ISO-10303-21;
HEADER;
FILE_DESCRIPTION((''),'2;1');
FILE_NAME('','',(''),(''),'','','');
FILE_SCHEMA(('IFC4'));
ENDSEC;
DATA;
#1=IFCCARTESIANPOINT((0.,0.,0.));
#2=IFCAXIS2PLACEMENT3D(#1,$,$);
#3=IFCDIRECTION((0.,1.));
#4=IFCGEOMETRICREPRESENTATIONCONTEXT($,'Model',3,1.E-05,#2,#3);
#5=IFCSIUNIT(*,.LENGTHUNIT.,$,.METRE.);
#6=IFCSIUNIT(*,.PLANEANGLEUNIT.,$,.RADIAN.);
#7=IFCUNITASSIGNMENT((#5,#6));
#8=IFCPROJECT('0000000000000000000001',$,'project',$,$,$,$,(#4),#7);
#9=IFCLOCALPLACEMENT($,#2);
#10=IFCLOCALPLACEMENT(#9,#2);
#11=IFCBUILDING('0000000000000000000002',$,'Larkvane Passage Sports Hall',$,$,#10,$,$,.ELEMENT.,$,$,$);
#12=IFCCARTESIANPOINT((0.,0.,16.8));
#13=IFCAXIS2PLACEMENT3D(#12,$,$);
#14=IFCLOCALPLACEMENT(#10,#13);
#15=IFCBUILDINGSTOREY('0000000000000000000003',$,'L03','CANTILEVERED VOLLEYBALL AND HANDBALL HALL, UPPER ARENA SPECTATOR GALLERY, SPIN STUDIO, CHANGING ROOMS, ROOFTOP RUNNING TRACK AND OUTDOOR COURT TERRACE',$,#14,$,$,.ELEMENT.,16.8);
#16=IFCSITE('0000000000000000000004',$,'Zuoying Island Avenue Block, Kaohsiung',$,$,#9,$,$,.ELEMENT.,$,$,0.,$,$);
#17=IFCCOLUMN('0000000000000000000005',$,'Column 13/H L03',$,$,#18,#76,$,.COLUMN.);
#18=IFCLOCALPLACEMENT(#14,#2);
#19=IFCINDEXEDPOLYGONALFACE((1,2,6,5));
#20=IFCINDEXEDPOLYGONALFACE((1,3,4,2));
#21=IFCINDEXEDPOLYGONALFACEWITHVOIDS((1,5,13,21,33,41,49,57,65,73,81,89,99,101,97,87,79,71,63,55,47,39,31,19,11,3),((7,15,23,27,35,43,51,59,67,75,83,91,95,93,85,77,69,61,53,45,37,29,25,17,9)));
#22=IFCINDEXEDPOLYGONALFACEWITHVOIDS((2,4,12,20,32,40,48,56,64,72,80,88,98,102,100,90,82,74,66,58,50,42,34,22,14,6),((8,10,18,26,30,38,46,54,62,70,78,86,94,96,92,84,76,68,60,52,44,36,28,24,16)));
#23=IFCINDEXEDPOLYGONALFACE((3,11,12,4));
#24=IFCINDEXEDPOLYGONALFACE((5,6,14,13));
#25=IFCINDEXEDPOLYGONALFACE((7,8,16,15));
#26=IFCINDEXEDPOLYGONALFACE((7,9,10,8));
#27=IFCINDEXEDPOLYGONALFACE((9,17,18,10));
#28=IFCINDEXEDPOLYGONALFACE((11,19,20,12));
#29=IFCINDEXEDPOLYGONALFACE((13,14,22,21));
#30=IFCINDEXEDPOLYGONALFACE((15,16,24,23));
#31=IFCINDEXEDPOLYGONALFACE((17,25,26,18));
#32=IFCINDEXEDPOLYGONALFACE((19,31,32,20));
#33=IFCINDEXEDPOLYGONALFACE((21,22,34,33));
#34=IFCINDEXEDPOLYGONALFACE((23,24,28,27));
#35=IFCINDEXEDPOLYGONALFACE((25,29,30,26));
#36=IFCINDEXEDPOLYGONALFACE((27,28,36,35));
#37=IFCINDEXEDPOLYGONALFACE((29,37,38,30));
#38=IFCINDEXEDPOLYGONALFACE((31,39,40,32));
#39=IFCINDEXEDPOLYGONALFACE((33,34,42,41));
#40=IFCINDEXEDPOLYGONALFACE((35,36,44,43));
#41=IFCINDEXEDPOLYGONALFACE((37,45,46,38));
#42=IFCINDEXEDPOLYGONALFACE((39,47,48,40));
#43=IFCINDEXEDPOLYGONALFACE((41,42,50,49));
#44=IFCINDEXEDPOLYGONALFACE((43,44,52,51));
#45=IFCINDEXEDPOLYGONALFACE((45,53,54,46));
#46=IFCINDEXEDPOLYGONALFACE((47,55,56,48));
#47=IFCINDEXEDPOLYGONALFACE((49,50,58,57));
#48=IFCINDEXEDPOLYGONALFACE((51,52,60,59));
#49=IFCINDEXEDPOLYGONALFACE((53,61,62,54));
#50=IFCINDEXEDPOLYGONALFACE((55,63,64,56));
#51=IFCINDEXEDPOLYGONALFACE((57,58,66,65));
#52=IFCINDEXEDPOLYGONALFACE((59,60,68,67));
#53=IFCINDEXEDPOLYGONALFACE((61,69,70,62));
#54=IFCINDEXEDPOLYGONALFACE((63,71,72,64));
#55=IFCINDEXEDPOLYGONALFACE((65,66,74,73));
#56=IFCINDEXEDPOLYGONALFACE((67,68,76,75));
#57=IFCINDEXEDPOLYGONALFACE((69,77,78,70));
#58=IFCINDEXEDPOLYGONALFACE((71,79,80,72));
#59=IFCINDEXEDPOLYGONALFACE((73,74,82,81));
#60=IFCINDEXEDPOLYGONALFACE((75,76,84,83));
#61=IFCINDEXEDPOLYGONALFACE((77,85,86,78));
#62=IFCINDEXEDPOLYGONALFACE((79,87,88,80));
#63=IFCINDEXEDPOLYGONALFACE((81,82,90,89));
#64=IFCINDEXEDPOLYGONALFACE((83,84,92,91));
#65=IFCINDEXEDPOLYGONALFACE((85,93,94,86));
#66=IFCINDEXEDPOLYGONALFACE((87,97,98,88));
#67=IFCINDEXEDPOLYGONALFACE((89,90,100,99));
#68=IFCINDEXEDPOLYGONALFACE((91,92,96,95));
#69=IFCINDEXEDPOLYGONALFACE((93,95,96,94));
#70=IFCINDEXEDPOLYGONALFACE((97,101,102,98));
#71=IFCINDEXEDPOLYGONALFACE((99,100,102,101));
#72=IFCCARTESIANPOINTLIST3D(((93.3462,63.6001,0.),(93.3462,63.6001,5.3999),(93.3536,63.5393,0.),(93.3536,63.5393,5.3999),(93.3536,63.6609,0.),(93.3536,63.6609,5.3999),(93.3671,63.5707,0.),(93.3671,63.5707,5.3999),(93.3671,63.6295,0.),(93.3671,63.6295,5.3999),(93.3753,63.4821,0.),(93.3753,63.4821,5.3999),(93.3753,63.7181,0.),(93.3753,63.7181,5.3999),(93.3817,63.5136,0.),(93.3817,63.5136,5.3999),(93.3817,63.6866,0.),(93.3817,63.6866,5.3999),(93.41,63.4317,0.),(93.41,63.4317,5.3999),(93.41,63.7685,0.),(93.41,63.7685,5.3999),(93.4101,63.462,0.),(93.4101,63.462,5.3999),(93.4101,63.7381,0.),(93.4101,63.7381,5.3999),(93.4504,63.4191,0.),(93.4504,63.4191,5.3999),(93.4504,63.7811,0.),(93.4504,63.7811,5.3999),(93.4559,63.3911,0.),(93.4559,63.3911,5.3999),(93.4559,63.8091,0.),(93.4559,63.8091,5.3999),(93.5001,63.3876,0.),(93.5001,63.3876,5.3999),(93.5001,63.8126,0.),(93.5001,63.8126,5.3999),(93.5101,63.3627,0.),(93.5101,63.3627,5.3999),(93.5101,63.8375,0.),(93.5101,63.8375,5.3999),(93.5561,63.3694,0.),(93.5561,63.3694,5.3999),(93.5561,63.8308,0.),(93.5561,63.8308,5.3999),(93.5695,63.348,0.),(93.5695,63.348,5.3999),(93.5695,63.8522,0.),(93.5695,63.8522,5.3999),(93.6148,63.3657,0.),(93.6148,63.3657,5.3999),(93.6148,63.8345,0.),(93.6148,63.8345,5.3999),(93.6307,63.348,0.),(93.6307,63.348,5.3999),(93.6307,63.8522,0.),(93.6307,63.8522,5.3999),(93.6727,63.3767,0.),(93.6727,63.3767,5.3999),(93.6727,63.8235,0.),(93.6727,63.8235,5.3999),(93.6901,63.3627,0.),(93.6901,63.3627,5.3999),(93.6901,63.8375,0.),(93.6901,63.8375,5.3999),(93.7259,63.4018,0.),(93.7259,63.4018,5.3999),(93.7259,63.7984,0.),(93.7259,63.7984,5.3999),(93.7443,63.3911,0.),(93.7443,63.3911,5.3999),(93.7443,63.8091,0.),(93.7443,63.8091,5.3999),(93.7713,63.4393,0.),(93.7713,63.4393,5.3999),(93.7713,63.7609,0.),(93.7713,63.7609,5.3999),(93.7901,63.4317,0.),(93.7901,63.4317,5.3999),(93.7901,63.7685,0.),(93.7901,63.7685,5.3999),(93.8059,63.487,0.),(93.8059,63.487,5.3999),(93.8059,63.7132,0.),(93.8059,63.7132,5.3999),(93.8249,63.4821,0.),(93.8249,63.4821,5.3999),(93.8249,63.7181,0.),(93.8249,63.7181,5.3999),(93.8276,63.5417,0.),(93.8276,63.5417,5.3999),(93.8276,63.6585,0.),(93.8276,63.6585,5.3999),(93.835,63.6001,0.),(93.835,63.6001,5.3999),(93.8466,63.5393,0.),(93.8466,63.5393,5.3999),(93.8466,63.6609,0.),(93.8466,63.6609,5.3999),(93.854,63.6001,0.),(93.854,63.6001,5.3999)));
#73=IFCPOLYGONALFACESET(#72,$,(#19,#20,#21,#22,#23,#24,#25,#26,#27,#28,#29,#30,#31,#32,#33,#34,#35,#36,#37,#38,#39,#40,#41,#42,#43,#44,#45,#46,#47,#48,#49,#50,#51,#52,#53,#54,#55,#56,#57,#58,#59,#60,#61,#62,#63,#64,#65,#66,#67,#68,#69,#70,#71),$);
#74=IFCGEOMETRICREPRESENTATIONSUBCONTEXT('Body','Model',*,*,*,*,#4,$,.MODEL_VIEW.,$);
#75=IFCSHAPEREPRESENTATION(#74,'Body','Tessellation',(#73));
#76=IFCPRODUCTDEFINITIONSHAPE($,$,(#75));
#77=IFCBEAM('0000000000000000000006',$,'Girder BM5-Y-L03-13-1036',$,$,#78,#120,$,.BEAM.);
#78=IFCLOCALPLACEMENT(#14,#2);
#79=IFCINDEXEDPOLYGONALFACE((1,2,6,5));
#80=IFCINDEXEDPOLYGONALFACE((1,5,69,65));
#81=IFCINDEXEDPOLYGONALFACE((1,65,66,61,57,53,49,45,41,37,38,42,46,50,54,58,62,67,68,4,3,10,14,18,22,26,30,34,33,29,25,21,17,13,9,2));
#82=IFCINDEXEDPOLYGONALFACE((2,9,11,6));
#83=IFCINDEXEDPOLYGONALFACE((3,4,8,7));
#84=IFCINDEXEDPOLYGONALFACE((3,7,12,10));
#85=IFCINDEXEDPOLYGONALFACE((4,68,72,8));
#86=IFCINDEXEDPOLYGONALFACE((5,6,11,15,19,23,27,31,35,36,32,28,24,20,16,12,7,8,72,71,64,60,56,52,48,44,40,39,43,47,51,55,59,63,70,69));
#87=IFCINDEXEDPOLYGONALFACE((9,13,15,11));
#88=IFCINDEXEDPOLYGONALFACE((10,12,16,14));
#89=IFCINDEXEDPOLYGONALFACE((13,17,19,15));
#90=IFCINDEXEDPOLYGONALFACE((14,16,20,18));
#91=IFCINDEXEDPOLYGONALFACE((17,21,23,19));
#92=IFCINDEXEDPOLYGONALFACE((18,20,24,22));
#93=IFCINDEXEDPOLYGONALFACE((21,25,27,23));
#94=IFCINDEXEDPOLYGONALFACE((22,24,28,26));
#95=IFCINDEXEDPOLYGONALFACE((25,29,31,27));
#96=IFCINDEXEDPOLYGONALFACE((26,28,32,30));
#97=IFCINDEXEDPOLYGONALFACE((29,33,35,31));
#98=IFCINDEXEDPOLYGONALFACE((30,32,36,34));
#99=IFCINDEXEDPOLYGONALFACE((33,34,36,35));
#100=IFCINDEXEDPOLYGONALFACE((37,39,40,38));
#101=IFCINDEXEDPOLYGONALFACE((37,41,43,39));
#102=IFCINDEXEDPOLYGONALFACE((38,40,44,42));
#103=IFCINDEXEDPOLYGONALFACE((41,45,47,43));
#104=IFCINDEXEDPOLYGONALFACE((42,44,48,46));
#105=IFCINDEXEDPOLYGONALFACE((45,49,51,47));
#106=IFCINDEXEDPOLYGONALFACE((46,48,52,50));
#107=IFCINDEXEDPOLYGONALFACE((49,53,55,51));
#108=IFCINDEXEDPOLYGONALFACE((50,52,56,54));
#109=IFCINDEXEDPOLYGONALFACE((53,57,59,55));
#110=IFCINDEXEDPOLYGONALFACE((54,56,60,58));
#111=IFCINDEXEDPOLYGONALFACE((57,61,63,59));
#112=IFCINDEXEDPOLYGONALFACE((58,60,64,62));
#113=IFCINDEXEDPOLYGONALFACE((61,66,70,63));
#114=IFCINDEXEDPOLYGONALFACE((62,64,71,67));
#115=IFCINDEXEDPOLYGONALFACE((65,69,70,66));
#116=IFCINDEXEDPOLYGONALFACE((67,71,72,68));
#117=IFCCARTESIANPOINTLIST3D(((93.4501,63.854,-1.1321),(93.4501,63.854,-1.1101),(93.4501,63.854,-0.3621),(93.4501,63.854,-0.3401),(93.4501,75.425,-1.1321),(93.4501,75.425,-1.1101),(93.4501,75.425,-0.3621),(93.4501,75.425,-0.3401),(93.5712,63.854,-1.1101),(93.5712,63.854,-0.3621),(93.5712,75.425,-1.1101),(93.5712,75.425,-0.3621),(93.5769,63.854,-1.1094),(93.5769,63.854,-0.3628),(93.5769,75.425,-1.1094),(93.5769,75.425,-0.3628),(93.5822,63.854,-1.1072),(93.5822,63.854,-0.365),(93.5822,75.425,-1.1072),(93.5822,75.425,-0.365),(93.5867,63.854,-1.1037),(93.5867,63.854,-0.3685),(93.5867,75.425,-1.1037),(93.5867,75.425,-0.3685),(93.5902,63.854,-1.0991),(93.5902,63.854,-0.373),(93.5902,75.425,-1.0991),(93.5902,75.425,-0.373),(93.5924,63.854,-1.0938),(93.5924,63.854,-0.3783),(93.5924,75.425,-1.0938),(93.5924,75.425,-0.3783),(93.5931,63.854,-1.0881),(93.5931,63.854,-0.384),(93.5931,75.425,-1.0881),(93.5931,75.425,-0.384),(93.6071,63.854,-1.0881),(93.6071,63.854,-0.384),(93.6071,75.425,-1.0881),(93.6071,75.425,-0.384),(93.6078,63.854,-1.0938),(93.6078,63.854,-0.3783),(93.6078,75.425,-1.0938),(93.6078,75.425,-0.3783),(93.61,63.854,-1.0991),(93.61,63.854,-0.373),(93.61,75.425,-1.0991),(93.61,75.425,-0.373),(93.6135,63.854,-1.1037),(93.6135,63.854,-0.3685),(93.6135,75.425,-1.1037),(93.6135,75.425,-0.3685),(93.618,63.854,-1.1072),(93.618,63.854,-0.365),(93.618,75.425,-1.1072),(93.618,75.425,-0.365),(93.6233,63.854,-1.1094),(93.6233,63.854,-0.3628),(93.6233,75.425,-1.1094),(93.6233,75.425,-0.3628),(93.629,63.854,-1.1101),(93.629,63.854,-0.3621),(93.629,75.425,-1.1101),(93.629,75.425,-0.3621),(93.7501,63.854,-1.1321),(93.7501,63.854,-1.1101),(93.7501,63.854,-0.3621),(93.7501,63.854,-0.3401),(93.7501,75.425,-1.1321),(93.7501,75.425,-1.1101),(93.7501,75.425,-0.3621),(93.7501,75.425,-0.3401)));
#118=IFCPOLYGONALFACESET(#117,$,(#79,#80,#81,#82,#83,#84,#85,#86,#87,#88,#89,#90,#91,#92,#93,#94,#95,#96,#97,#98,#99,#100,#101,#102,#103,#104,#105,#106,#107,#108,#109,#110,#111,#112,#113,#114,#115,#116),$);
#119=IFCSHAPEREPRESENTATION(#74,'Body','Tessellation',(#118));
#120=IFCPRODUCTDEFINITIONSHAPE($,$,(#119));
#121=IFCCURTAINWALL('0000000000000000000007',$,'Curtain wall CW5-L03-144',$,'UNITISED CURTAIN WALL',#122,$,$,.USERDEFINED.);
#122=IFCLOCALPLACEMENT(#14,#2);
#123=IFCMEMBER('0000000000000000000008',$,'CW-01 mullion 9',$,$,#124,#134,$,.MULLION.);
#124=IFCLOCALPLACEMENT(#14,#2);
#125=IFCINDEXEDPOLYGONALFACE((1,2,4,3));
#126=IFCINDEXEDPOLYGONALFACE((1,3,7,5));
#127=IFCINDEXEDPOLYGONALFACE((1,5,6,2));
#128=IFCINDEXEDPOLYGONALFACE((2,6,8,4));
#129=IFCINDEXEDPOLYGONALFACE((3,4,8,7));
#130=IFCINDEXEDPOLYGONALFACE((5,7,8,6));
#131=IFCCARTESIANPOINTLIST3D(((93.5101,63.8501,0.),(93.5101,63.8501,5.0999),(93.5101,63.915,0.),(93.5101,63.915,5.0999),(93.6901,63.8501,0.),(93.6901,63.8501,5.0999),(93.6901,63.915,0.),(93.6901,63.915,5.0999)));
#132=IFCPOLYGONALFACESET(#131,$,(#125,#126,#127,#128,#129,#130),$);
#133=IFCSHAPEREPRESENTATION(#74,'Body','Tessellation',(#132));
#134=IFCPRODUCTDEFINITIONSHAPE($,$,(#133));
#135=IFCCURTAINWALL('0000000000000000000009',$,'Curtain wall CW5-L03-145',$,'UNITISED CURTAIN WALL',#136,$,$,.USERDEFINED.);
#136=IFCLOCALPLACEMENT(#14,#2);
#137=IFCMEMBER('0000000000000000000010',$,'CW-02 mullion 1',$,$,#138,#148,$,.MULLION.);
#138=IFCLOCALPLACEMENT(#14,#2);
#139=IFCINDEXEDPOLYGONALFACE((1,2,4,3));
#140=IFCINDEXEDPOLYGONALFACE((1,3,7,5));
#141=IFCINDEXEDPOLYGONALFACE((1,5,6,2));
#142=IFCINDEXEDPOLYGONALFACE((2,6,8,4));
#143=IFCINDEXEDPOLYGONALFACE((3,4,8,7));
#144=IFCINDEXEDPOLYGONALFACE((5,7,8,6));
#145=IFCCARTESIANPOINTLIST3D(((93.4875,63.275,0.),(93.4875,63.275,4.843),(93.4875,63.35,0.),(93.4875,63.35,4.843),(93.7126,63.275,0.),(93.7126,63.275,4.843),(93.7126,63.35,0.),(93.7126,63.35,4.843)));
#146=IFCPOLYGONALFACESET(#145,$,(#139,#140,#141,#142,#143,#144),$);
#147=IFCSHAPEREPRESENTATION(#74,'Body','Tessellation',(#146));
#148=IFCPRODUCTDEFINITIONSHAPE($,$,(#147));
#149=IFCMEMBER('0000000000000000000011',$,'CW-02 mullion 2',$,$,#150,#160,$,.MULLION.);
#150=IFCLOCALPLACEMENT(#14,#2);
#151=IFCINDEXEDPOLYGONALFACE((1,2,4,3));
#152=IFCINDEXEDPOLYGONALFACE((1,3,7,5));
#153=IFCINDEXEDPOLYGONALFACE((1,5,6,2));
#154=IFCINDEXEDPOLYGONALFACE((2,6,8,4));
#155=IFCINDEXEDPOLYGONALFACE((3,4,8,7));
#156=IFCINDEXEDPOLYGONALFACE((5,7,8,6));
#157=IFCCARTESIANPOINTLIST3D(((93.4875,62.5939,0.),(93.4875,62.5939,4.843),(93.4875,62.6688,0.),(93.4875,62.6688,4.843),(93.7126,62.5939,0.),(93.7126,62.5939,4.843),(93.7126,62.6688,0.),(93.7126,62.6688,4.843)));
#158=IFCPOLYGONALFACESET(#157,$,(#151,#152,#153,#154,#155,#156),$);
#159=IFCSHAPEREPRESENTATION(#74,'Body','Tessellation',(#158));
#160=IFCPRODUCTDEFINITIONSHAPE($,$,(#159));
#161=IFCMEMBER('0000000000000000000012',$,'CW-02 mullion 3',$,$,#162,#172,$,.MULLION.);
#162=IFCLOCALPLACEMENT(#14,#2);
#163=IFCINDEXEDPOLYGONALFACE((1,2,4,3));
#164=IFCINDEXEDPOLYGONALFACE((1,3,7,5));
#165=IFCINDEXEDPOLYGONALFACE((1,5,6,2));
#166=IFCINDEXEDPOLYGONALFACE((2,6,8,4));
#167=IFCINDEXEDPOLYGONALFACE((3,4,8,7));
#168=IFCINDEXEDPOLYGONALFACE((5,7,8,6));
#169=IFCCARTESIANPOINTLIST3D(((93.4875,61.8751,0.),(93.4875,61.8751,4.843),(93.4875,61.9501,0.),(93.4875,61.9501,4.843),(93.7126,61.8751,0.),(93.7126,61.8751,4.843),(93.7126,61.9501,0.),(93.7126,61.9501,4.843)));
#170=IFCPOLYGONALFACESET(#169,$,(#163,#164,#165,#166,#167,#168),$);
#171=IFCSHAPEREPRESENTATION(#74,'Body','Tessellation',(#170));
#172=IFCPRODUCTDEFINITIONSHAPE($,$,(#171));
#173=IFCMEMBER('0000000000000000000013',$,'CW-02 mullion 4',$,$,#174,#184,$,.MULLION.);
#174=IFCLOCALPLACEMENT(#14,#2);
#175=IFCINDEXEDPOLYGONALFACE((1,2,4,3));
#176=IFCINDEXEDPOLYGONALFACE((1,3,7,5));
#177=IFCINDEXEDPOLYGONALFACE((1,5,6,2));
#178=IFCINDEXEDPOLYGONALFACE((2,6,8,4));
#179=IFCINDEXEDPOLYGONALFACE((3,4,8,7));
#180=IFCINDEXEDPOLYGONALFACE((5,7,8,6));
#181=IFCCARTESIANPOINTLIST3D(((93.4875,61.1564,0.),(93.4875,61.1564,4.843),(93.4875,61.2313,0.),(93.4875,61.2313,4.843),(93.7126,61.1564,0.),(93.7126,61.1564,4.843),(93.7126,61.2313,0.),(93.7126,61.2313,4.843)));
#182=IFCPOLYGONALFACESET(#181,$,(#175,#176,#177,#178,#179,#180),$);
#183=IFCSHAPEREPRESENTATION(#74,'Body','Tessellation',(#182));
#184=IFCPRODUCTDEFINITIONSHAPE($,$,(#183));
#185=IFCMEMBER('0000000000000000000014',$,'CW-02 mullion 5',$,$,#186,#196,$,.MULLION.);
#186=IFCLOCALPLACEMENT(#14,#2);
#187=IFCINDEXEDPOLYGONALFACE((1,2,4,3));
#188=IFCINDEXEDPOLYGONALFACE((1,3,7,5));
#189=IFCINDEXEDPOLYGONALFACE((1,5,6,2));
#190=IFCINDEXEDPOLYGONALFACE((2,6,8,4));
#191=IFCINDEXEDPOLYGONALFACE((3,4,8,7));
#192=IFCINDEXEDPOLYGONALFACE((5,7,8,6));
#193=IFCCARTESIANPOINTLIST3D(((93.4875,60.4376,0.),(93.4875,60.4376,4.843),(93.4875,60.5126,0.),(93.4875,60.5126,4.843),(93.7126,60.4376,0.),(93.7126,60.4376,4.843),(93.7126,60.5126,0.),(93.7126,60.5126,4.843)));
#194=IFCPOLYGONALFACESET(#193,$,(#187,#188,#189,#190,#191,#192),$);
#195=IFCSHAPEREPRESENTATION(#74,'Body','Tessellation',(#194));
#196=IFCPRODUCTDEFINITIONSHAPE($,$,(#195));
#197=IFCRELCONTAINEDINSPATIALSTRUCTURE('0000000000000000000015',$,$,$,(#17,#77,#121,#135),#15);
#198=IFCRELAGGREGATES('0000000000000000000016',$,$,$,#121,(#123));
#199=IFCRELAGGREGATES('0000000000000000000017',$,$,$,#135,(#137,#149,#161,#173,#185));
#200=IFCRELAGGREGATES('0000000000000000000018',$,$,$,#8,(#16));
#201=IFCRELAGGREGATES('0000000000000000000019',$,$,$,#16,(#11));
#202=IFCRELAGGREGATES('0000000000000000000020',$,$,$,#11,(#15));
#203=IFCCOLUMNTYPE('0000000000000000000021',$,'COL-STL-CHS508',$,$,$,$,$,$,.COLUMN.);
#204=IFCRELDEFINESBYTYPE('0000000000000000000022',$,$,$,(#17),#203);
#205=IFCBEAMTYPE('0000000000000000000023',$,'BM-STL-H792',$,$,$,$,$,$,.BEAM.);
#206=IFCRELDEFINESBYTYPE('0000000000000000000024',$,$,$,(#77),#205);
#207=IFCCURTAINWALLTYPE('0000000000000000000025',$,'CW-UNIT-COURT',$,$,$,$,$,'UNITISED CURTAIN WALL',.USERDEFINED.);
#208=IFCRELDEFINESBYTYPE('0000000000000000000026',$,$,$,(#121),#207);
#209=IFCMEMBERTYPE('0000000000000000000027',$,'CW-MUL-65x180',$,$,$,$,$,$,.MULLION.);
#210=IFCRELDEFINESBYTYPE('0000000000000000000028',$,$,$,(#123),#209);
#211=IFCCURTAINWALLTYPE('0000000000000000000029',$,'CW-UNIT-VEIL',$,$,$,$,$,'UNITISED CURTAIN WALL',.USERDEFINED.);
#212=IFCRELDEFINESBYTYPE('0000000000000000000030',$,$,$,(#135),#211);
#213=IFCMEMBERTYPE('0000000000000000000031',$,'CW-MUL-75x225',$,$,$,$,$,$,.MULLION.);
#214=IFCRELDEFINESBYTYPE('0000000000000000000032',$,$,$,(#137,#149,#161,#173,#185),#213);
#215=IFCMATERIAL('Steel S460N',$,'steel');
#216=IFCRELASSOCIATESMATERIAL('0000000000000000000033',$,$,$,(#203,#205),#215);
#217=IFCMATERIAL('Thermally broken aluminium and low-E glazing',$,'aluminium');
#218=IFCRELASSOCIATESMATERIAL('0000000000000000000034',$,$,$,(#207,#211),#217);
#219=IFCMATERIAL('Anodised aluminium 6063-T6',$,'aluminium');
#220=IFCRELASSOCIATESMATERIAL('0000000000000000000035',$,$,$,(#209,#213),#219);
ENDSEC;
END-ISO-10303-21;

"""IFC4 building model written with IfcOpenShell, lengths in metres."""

from ifc_helpers import new_model, si_unit, direction, frame, origin, origin_2d, place, context, subcontext, project, spatial, rectangle, hollow_circle, i_section, extrude, material, material_profile, profile_set, type_object, element, aggregate, save


model = new_model("IFC4")

# Units and contexts
model_context = context("Model", 3, precision=1e-05, world=origin(), true_north=direction((0.0, 1.0)))
body_context = subcontext(model_context, "Body", "Model", "MODEL_VIEW")
ifc_project = project(units=[si_unit("LENGTHUNIT", "METRE"), si_unit("PLANEANGLEUNIT", "RADIAN")], contexts=[model_context])

# Site, building, storey
site_placement = place(None, origin())
site = spatial("IfcSite", under=ifc_project, at=site_placement, Name="Zuoying Island Avenue Block, Kaohsiung", CompositionType="ELEMENT", RefElevation=0.0)
building_placement = place(site_placement, origin())
building = spatial("IfcBuilding", under=site, at=building_placement, Name="Larkvane Passage Sports Hall", CompositionType="ELEMENT")
storey_placement = place(building_placement, frame((0.0, 0.0, 16.8)))
storey = spatial("IfcBuildingStorey", under=building, at=storey_placement, Name="L03", Description="CANTILEVERED VOLLEYBALL AND HANDBALL HALL, UPPER ARENA SPECTATOR GALLERY, SPIN STUDIO, CHANGING ROOMS, ROOFTOP RUNNING TRACK AND OUTDOOR COURT TERRACE", CompositionType="ELEMENT", Elevation=16.8)

# Column
ifc_material_1 = material(Name="Steel S460N", Category="steel")
ifc_material_profile_1 = material_profile(ifc_material_1, hollow_circle(Radius=0.2539, WallThickness=0.019, at=origin_2d()), Name="CHS-508.0x19.0")
ifc_profile_set_1 = profile_set([ifc_material_profile_1], Name="Steel S460N")
column_type = type_object("IfcColumnType", Name="COL-STL-CHS508", PredefinedType="COLUMN", material=ifc_profile_set_1)
column_placement = place(storey_placement, frame((93.6001, 63.6001, 0.0), z_axis=(0.0, 0.0, 1.0), x_axis=(1.0, 0.0, 0.0)))
element("IfcColumn", 1, at=column_placement, inside=storey, type_object=column_type, Name="Column 13/H L03", PredefinedType="COLUMN", context=body_context, shape_type="SweptSolid", body=[
    extrude(hollow_circle(Radius=0.2539, WallThickness=0.019, at=origin_2d()), origin(), (0.0, 0.0, 1.0), 5.3999),
])

# Beam
ifc_material_profile_2 = material_profile(ifc_material_1, i_section(OverallWidth=0.3, OverallDepth=0.792, WebThickness=0.0139, FlangeThickness=0.022, FilletRadius=0.022, at=origin_2d()), Name="H-792x300x14x22")
ifc_profile_set_2 = profile_set([ifc_material_profile_2], Name="Steel S460N")
beam_type = type_object("IfcBeamType", Name="BM-STL-H792", PredefinedType="BEAM", material=ifc_profile_set_2)
beam_placement = place(storey_placement, frame((93.6001, 63.854, -0.7361), z_axis=(0.0, 1.0, 0.0), x_axis=(-1.0, 0.0, 0.0)))
element("IfcBeam", 2, at=beam_placement, inside=storey, type_object=beam_type, Name="Girder BM5-Y-L03-13-1036", PredefinedType="BEAM", context=body_context, shape_type="SweptSolid", body=[
    extrude(i_section(OverallWidth=0.3, OverallDepth=0.792, WebThickness=0.0139, FlangeThickness=0.022, FilletRadius=0.022, at=origin_2d()), origin(), (0.0, 0.0, 1.0), 11.571),
])

# Curtain wall, member
ifc_material_2 = material(Name="Thermally broken aluminium and low-E glazing", Category="aluminium")
curtain_wall_type_1 = type_object("IfcCurtainWallType", Name="CW-UNIT-COURT", ElementType="UNITISED CURTAIN WALL", PredefinedType="USERDEFINED", material=ifc_material_2)
curtain_wall_1_placement = place(storey_placement, origin())
curtain_wall_1 = element("IfcCurtainWall", 3, at=curtain_wall_1_placement, inside=storey, type_object=curtain_wall_type_1, Name="Curtain wall CW5-L03-144", ObjectType="UNITISED CURTAIN WALL", PredefinedType="USERDEFINED")
ifc_material_3 = material(Name="Anodised aluminium 6063-T6", Category="aluminium")
ifc_material_profile_3 = material_profile(ifc_material_3, rectangle(XDim=0.0649, YDim=0.1799, at=origin_2d()), Name="ALU-MUL-65x180")
ifc_profile_set_3 = profile_set([ifc_material_profile_3], Name="Anodised aluminium 6063-T6")
member_type_1 = type_object("IfcMemberType", Name="CW-MUL-65x180", PredefinedType="MULLION", material=ifc_profile_set_3)
member_1_placement = place(storey_placement, frame((93.6001, 63.8826, 0.0), z_axis=(0.0, 0.0, 1.0), x_axis=(0.0, -1.0, 0.0)))
member_1 = element("IfcMember", 4, at=member_1_placement, type_object=member_type_1, Name="CW-01 mullion 9", PredefinedType="MULLION", context=body_context, shape_type="SweptSolid", body=[
    extrude(rectangle(XDim=0.0649, YDim=0.1799, at=origin_2d()), origin(), (0.0, 0.0, 1.0), 5.0999),
])

# Curtain wall, members
curtain_wall_type_2 = type_object("IfcCurtainWallType", Name="CW-UNIT-VEIL", ElementType="UNITISED CURTAIN WALL", PredefinedType="USERDEFINED", material=ifc_material_2)
curtain_wall_2_placement = place(storey_placement, origin())
curtain_wall_2 = element("IfcCurtainWall", 5, at=curtain_wall_2_placement, inside=storey, type_object=curtain_wall_type_2, Name="Curtain wall CW5-L03-145", ObjectType="UNITISED CURTAIN WALL", PredefinedType="USERDEFINED")
ifc_material_profile_4 = material_profile(ifc_material_3, rectangle(XDim=0.075, YDim=0.2251, at=origin_2d()), Name="ALU-MUL-75x225")
ifc_profile_set_4 = profile_set([ifc_material_profile_4], Name="Anodised aluminium 6063-T6")
member_type_2 = type_object("IfcMemberType", Name="CW-MUL-75x225", PredefinedType="MULLION", material=ifc_profile_set_4)
member_2_placement = place(storey_placement, frame((93.6001, 63.3125, 0.0), z_axis=(0.0, 0.0, 1.0), x_axis=(0.0, -1.0, 0.0)))
member_2 = element("IfcMember", 6, at=member_2_placement, type_object=member_type_2, Name="CW-02 mullion 1", PredefinedType="MULLION", context=body_context, shape_type="SweptSolid", body=[
    extrude(rectangle(XDim=0.075, YDim=0.2251, at=origin_2d()), origin(), (0.0, 0.0, 1.0), 4.843),
])
member_3_placement = place(storey_placement, frame((93.6001, 62.6313, 0.0), z_axis=(0.0, 0.0, 1.0), x_axis=(0.0, -1.0, 0.0)))
member_3 = element("IfcMember", 7, at=member_3_placement, type_object=member_type_2, Name="CW-02 mullion 2", PredefinedType="MULLION", context=body_context, shape_type="SweptSolid", body=[
    extrude(rectangle(XDim=0.075, YDim=0.2251, at=origin_2d()), origin(), (0.0, 0.0, 1.0), 4.843),
])
member_4_placement = place(storey_placement, frame((93.6001, 61.9126, 0.0), z_axis=(0.0, 0.0, 1.0), x_axis=(0.0, -1.0, 0.0)))
member_4 = element("IfcMember", 8, at=member_4_placement, type_object=member_type_2, Name="CW-02 mullion 3", PredefinedType="MULLION", context=body_context, shape_type="SweptSolid", body=[
    extrude(rectangle(XDim=0.075, YDim=0.2251, at=origin_2d()), origin(), (0.0, 0.0, 1.0), 4.843),
])
member_5_placement = place(storey_placement, frame((93.6001, 61.1938, 0.0), z_axis=(0.0, 0.0, 1.0), x_axis=(0.0, -1.0, 0.0)))
member_5 = element("IfcMember", 9, at=member_5_placement, type_object=member_type_2, Name="CW-02 mullion 4", PredefinedType="MULLION", context=body_context, shape_type="SweptSolid", body=[
    extrude(rectangle(XDim=0.075, YDim=0.2251, at=origin_2d()), origin(), (0.0, 0.0, 1.0), 4.843),
])
member_6_placement = place(storey_placement, frame((93.6001, 60.4751, 0.0), z_axis=(0.0, 0.0, 1.0), x_axis=(0.0, -1.0, 0.0)))
member_6 = element("IfcMember", 10, at=member_6_placement, type_object=member_type_2, Name="CW-02 mullion 5", PredefinedType="MULLION", context=body_context, shape_type="SweptSolid", body=[
    extrude(rectangle(XDim=0.075, YDim=0.2251, at=origin_2d()), origin(), (0.0, 0.0, 1.0), 4.843),
])

aggregate(curtain_wall_1, [member_1])
aggregate(curtain_wall_2, [member_2, member_3, member_4, member_5, member_6])

save(model, "model.ifc")
